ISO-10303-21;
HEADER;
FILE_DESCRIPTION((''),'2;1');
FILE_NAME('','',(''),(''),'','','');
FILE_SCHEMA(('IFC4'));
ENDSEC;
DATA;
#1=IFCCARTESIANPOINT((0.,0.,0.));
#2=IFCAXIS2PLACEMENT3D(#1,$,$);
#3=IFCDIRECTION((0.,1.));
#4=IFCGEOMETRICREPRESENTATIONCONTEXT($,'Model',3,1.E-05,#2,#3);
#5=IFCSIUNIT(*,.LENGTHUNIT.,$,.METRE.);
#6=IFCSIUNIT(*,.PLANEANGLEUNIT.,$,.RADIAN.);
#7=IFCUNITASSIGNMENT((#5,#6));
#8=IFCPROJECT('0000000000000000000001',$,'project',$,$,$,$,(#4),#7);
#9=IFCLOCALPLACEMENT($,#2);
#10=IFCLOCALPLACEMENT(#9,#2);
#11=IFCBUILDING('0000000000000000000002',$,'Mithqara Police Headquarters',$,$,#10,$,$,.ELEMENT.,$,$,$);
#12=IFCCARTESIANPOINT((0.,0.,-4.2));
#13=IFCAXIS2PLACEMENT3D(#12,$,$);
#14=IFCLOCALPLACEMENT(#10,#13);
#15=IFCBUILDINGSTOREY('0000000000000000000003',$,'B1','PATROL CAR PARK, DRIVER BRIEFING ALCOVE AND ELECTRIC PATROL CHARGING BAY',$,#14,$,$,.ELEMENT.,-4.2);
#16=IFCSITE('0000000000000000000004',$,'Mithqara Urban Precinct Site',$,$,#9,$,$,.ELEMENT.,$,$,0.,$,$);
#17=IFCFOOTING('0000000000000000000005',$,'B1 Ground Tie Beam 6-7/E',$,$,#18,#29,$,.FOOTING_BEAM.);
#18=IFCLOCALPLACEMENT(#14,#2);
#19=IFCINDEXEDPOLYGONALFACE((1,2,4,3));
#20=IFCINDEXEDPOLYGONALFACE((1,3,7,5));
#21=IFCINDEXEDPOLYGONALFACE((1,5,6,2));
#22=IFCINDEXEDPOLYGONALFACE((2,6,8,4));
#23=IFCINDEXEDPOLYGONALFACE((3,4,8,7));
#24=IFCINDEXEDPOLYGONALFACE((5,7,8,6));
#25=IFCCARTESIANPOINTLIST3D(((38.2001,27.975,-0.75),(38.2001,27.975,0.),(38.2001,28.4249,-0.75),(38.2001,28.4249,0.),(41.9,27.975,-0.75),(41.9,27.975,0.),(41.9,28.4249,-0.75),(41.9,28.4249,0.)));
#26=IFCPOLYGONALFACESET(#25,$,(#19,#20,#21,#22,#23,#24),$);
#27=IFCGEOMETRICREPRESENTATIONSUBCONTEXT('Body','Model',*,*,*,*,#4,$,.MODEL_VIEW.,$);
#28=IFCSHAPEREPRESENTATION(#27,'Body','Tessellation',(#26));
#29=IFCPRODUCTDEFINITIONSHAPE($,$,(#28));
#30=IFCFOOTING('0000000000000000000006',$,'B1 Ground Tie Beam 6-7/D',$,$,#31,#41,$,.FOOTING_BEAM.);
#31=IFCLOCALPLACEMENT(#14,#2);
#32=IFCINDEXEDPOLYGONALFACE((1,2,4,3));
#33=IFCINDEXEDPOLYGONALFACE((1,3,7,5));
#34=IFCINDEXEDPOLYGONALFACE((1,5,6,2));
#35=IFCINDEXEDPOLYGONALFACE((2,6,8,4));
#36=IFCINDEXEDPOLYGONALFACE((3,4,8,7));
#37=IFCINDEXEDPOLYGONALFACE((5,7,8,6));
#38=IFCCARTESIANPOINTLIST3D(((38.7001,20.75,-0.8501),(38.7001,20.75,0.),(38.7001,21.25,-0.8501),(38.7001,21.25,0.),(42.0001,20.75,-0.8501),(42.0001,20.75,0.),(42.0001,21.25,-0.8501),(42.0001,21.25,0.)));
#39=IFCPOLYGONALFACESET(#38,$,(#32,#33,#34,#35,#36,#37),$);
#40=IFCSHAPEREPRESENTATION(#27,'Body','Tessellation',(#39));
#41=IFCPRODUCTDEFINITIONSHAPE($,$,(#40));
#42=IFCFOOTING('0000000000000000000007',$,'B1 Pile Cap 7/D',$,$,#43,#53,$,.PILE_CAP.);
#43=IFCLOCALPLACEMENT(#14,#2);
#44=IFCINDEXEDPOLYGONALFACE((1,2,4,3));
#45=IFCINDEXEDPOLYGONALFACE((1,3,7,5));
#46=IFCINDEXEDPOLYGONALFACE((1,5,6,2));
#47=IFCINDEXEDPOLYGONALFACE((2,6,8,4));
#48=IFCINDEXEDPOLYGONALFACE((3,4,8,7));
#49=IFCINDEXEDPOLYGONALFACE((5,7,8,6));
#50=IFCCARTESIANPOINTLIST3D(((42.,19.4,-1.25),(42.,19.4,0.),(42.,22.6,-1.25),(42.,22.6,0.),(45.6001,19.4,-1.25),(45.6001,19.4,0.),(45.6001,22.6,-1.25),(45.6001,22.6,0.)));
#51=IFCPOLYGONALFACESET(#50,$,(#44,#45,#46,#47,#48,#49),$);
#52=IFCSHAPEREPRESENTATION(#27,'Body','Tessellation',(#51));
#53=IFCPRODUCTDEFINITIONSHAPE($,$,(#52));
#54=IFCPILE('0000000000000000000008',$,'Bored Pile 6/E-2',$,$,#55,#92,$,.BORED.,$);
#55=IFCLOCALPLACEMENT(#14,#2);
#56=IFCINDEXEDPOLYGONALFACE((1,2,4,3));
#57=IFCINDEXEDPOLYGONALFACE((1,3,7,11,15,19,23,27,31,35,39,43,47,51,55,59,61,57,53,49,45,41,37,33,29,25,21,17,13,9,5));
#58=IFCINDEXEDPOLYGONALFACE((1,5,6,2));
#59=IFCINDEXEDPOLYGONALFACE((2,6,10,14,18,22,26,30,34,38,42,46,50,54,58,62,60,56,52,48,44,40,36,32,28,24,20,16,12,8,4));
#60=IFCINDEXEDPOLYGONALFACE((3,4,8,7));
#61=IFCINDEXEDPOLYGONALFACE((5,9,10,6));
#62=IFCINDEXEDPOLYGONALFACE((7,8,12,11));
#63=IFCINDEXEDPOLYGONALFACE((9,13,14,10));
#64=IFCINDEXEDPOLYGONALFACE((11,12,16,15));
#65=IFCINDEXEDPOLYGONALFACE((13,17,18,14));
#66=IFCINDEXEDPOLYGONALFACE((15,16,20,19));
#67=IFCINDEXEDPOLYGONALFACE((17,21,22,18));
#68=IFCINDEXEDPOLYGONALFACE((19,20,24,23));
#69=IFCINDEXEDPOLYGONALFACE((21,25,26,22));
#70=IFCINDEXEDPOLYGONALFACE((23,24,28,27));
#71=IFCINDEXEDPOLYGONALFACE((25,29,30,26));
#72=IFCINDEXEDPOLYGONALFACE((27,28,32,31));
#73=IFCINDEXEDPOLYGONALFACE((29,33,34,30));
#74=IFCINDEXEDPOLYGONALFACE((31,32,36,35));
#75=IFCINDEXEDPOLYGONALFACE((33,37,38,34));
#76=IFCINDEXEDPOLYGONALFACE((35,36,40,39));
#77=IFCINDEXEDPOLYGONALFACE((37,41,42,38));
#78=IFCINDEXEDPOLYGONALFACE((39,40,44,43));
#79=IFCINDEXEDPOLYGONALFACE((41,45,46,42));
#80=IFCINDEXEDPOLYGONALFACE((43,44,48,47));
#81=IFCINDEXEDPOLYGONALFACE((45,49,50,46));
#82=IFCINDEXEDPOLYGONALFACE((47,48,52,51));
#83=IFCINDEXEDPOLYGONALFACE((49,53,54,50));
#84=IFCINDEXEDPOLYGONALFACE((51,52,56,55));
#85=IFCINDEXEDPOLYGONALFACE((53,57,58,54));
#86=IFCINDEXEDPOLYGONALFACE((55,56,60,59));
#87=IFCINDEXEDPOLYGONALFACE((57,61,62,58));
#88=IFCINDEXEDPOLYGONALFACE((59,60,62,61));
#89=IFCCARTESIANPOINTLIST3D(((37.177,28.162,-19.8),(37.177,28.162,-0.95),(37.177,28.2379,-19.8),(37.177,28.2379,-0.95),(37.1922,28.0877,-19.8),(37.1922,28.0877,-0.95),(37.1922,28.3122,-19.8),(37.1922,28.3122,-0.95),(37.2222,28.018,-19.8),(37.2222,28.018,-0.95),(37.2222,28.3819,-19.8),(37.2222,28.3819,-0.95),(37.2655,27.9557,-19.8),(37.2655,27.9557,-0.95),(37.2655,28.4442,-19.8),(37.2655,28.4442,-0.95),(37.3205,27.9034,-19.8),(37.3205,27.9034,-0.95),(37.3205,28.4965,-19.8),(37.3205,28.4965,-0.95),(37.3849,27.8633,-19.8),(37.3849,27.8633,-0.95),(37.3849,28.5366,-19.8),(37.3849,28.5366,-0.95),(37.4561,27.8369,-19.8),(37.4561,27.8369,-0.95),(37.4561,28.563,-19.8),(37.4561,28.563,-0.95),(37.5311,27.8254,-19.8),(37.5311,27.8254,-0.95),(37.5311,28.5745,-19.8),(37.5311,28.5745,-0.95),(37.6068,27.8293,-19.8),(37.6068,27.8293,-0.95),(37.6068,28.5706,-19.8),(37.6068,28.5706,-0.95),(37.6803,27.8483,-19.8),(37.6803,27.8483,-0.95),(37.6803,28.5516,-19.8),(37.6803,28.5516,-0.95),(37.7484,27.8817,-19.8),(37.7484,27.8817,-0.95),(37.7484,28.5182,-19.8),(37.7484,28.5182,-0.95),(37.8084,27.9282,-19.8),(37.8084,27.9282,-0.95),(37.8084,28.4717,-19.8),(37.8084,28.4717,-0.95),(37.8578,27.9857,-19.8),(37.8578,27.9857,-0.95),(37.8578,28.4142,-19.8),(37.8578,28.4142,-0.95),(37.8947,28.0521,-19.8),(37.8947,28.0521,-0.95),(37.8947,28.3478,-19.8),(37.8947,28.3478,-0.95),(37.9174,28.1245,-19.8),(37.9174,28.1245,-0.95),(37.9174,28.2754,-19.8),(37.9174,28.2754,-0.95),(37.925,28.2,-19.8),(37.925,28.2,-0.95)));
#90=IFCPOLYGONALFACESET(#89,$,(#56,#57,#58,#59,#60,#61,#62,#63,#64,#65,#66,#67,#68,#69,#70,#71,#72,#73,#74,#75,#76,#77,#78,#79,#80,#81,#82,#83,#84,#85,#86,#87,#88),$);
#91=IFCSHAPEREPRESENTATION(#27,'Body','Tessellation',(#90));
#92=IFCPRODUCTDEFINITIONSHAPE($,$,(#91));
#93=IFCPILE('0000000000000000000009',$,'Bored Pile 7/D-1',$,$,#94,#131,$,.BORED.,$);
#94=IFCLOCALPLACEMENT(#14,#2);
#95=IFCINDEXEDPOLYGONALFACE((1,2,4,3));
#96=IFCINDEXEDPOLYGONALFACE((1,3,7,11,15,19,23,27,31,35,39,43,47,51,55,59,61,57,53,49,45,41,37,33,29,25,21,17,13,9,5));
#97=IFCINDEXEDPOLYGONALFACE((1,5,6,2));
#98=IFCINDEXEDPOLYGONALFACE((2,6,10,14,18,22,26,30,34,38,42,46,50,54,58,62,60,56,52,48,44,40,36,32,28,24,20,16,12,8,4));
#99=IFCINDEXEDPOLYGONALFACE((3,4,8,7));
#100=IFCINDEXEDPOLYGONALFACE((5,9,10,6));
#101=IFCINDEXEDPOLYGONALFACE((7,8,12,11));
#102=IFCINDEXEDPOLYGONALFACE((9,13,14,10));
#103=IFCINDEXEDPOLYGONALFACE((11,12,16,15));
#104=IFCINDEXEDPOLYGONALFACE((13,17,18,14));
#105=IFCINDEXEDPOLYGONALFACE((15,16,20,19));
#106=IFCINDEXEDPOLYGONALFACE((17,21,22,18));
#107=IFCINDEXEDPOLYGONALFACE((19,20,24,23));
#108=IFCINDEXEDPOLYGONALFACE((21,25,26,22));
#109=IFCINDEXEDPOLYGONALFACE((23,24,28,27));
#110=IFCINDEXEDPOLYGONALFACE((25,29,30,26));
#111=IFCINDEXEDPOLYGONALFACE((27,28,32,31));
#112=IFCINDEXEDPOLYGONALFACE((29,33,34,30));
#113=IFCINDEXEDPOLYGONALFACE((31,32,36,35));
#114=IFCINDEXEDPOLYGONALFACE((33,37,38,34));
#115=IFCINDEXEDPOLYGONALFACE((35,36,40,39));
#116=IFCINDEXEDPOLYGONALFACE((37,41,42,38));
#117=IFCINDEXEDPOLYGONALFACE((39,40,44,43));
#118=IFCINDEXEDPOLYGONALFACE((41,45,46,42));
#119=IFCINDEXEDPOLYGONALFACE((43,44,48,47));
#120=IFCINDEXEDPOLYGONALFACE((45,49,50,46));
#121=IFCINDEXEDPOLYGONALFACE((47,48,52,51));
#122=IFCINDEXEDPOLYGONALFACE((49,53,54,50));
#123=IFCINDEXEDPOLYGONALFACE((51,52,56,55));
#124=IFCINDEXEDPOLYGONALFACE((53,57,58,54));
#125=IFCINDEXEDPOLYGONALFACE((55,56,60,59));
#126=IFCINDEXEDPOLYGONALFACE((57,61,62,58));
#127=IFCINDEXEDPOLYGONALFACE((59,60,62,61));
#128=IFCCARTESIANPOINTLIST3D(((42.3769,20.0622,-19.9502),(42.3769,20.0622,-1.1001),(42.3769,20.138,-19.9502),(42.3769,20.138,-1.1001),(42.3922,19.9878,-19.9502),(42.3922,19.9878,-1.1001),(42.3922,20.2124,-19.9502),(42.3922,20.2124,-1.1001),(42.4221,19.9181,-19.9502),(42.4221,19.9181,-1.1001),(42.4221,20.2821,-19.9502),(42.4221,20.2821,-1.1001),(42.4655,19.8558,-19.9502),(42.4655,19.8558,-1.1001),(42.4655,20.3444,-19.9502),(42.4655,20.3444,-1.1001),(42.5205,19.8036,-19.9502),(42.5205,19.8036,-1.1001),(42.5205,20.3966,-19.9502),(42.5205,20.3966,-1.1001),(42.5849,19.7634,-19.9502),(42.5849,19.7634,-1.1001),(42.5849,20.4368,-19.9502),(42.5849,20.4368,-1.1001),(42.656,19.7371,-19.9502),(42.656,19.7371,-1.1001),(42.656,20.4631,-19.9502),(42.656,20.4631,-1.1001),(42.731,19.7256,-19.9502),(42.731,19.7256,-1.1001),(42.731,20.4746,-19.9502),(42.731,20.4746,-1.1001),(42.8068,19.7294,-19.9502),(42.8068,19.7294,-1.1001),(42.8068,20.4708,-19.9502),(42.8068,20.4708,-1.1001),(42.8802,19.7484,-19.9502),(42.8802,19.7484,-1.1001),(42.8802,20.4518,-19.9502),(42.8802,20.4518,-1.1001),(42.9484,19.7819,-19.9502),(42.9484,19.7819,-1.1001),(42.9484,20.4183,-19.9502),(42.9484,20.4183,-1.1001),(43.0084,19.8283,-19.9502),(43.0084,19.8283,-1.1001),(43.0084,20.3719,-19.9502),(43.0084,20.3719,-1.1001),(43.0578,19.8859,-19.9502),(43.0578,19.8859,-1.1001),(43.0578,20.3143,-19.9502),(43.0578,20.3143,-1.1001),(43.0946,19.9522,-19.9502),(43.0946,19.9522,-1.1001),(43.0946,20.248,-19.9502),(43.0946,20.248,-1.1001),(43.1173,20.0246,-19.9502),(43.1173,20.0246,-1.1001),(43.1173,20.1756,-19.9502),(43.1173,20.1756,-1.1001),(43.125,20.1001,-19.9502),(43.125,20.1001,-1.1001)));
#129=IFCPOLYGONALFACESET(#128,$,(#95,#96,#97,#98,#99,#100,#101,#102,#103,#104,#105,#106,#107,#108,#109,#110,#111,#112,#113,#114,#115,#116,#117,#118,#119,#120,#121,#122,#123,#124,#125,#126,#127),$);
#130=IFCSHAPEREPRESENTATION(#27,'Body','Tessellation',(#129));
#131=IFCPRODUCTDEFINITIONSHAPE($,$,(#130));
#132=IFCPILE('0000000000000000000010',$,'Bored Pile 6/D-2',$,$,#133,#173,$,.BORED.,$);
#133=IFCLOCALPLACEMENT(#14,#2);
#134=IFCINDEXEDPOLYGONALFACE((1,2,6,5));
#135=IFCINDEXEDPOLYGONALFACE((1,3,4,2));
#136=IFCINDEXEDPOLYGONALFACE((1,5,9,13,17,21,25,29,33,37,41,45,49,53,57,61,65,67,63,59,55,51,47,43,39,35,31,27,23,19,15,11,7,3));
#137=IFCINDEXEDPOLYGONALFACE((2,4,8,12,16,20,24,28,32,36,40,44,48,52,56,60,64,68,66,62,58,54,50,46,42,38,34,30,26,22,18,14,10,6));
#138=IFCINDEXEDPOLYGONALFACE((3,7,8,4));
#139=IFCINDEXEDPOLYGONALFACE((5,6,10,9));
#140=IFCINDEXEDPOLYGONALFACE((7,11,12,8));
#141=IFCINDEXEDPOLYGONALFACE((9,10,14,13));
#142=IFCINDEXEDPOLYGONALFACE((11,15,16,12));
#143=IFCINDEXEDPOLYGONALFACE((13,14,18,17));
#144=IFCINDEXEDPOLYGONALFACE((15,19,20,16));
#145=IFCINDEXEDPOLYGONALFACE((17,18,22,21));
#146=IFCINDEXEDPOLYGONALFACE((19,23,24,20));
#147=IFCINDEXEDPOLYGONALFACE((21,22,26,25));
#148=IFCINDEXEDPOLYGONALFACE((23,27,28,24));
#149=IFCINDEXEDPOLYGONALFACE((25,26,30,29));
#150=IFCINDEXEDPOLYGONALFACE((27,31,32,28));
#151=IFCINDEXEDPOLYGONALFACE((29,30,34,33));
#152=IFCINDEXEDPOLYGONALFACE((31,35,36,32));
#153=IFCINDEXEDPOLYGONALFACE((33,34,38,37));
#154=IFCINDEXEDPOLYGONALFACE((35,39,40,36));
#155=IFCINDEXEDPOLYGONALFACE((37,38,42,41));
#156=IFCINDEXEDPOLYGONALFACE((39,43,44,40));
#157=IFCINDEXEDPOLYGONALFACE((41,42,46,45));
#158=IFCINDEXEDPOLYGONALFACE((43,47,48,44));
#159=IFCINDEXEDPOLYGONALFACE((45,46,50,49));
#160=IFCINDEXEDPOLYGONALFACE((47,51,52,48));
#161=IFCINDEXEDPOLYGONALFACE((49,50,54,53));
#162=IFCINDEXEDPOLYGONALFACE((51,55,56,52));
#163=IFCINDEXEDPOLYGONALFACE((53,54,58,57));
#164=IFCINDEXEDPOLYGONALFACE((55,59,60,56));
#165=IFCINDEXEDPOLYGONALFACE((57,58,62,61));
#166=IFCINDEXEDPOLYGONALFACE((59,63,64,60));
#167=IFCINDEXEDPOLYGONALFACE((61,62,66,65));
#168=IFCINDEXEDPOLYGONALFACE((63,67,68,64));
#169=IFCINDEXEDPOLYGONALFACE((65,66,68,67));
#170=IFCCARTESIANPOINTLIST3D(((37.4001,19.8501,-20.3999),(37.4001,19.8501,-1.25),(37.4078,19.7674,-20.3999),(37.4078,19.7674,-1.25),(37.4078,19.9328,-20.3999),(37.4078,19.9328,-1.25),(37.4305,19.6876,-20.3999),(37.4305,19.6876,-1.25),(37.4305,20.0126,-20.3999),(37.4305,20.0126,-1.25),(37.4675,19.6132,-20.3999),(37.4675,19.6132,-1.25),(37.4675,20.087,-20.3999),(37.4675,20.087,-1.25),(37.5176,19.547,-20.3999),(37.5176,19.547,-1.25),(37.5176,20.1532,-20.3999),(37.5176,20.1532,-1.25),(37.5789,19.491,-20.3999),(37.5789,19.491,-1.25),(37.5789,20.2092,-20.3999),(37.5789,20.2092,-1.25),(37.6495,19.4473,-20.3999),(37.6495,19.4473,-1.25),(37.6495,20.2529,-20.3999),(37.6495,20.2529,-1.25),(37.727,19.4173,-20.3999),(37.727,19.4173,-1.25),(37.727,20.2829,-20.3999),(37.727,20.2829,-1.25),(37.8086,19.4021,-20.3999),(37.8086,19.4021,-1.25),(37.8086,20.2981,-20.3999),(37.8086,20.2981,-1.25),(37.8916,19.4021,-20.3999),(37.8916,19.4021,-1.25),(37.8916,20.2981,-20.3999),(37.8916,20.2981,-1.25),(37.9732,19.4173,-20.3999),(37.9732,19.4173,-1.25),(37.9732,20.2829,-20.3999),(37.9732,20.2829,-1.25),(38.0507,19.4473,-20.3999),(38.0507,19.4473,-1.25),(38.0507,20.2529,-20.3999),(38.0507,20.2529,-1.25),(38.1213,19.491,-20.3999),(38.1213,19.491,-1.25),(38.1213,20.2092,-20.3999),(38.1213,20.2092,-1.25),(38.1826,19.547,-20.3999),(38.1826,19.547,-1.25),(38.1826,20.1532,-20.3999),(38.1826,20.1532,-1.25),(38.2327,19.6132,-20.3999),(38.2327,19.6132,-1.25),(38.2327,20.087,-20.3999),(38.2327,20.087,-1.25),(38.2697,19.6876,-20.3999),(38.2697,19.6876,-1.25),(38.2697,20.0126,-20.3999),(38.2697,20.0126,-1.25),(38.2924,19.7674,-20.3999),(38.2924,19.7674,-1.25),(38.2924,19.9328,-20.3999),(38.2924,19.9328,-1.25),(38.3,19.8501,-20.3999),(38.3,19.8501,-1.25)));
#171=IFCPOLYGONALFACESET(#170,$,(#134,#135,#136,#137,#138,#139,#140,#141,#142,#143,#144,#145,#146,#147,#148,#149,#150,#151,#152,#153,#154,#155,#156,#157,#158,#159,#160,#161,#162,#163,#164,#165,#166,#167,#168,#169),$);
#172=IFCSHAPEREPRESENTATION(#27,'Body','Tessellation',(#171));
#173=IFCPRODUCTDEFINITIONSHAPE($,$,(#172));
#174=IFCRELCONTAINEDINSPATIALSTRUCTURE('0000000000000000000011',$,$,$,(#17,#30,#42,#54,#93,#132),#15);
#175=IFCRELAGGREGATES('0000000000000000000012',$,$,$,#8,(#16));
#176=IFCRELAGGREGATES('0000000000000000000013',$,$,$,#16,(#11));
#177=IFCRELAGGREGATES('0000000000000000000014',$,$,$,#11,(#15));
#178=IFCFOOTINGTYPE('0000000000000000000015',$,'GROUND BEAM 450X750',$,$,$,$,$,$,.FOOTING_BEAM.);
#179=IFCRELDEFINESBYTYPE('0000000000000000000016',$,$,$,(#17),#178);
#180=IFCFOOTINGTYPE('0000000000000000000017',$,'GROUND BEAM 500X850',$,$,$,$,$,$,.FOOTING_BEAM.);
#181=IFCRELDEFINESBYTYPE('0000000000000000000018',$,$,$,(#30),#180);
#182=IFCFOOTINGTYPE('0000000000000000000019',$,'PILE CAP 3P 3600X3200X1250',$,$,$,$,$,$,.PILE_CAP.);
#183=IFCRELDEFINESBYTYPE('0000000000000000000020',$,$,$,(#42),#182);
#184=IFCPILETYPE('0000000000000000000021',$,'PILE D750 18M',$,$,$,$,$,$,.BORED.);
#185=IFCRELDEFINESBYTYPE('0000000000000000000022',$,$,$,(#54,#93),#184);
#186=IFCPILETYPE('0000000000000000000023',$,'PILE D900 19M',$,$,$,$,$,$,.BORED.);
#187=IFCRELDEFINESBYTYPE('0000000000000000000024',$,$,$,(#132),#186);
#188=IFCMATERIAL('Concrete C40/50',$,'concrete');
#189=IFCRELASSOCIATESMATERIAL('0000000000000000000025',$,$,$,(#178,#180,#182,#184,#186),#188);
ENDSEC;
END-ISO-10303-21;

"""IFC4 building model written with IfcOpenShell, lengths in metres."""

from ifc_helpers import new_model, si_unit, direction, frame, origin, origin_2d, place, context, subcontext, project, spatial, rectangle, circle, extrude, material, material_profile, profile_set, type_object, element, save


model = new_model("IFC4")

# Units and contexts
model_context = context("Model", 3, precision=1e-05, world=origin(), true_north=direction((0.0, 1.0)))
body_context = subcontext(model_context, "Body", "Model", "MODEL_VIEW")
ifc_project = project(units=[si_unit("LENGTHUNIT", "METRE"), si_unit("PLANEANGLEUNIT", "RADIAN")], contexts=[model_context])

# Site, building, storey
site_placement = place(None, origin())
site = spatial("IfcSite", under=ifc_project, at=site_placement, Name="Mithqara Urban Precinct Site", CompositionType="ELEMENT", RefElevation=0.0)
building_placement = place(site_placement, origin())
building = spatial("IfcBuilding", under=site, at=building_placement, Name="Mithqara Police Headquarters", CompositionType="ELEMENT")
storey_placement = place(building_placement, frame((0.0, 0.0, -4.2)))
storey = spatial("IfcBuildingStorey", under=building, at=storey_placement, Name="B1", Description="PATROL CAR PARK, DRIVER BRIEFING ALCOVE AND ELECTRIC PATROL CHARGING BAY", CompositionType="ELEMENT", Elevation=-4.2)

# Footings
ifc_material_1 = material(Name="Concrete C40/50", Category="concrete")
footing_type_1 = type_object("IfcFootingType", Name="GROUND BEAM 450X750", PredefinedType="FOOTING_BEAM", material=ifc_material_1)
footing_1_placement = place(storey_placement, frame((40.05, 28.2, -0.75), z_axis=(0.0, 0.0, 1.0), x_axis=(1.0, 0.0, 0.0)))
element("IfcFooting", 1, at=footing_1_placement, inside=storey, type_object=footing_type_1, Name="B1 Ground Tie Beam 6-7/E", PredefinedType="FOOTING_BEAM", context=body_context, shape_type="SweptSolid", body=[
    extrude(rectangle(XDim=3.7, YDim=0.45, at=origin_2d()), origin(), (0.0, 0.0, 1.0), 0.75),
])
footing_type_2 = type_object("IfcFootingType", Name="GROUND BEAM 500X850", PredefinedType="FOOTING_BEAM", material=ifc_material_1)
footing_2_placement = place(storey_placement, frame((40.3501, 21.0, -0.8501), z_axis=(0.0, 0.0, 1.0), x_axis=(1.0, 0.0, 0.0)))
element("IfcFooting", 2, at=footing_2_placement, inside=storey, type_object=footing_type_2, Name="B1 Ground Tie Beam 6-7/D", PredefinedType="FOOTING_BEAM", context=body_context, shape_type="SweptSolid", body=[
    extrude(rectangle(XDim=3.3, YDim=0.5, at=origin_2d()), origin(), (0.0, 0.0, 1.0), 0.8501),
])
footing_type_3 = type_object("IfcFootingType", Name="PILE CAP 3P 3600X3200X1250", PredefinedType="PILE_CAP", material=ifc_material_1)
footing_3_placement = place(storey_placement, frame((43.8, 21.0, -1.25), z_axis=(0.0, 0.0, 1.0), x_axis=(1.0, 0.0, 0.0)))
element("IfcFooting", 3, at=footing_3_placement, inside=storey, type_object=footing_type_3, Name="B1 Pile Cap 7/D", PredefinedType="PILE_CAP", context=body_context, shape_type="SweptSolid", body=[
    extrude(rectangle(XDim=3.6001, YDim=3.2, at=origin_2d()), origin(), (0.0, 0.0, 1.0), 1.25),
])

# Piles
ifc_material_profile_1 = material_profile(ifc_material_1, circle(Radius=0.375, at=origin_2d()), Name="PILE D750")
ifc_profile_set_1 = profile_set([ifc_material_profile_1], Name="Concrete C40/50")
pile_type_1 = type_object("IfcPileType", Name="PILE D750 18M", PredefinedType="BORED", material=ifc_profile_set_1)
for number, where, z_axis, x_axis, name in (
    (4, (37.55, 28.2, -0.95), (0.0, 0.0, -1.0), (1.0, 0.0, 0.0), "Bored Pile 6/E-2"),
    (5, (42.75, 20.1001, -1.1001), (0.0, 0.0, -1.0), (1.0, 0.0, 0.0), "Bored Pile 7/D-1"),
):
    element("IfcPile", number, at=place(storey_placement, frame(where, z_axis=z_axis, x_axis=x_axis)), inside=storey, type_object=pile_type_1, Name=name, PredefinedType="BORED", context=body_context, shape_type="SweptSolid", body=[
        extrude(circle(Radius=0.375, at=origin_2d()), origin(), (0.0, 0.0, 1.0), 18.8501),
    ])
ifc_material_profile_2 = material_profile(ifc_material_1, circle(Radius=0.45, at=origin_2d()), Name="PILE D900")
ifc_profile_set_2 = profile_set([ifc_material_profile_2], Name="Concrete C40/50")
pile_type_2 = type_object("IfcPileType", Name="PILE D900 19M", PredefinedType="BORED", material=ifc_profile_set_2)
for number, where, z_axis, x_axis, name in (
    (6, (37.8501, 19.8501, -1.25), (0.0, 0.0, -1.0), (1.0, 0.0, 0.0), "Bored Pile 6/D-2"),
):
    element("IfcPile", number, at=place(storey_placement, frame(where, z_axis=z_axis, x_axis=x_axis)), inside=storey, type_object=pile_type_2, Name=name, PredefinedType="BORED", context=body_context, shape_type="SweptSolid", body=[
        extrude(circle(Radius=0.45, at=origin_2d()), origin(), (0.0, 0.0, 1.0), 19.1499),
    ])

save(model, "model.ifc")
